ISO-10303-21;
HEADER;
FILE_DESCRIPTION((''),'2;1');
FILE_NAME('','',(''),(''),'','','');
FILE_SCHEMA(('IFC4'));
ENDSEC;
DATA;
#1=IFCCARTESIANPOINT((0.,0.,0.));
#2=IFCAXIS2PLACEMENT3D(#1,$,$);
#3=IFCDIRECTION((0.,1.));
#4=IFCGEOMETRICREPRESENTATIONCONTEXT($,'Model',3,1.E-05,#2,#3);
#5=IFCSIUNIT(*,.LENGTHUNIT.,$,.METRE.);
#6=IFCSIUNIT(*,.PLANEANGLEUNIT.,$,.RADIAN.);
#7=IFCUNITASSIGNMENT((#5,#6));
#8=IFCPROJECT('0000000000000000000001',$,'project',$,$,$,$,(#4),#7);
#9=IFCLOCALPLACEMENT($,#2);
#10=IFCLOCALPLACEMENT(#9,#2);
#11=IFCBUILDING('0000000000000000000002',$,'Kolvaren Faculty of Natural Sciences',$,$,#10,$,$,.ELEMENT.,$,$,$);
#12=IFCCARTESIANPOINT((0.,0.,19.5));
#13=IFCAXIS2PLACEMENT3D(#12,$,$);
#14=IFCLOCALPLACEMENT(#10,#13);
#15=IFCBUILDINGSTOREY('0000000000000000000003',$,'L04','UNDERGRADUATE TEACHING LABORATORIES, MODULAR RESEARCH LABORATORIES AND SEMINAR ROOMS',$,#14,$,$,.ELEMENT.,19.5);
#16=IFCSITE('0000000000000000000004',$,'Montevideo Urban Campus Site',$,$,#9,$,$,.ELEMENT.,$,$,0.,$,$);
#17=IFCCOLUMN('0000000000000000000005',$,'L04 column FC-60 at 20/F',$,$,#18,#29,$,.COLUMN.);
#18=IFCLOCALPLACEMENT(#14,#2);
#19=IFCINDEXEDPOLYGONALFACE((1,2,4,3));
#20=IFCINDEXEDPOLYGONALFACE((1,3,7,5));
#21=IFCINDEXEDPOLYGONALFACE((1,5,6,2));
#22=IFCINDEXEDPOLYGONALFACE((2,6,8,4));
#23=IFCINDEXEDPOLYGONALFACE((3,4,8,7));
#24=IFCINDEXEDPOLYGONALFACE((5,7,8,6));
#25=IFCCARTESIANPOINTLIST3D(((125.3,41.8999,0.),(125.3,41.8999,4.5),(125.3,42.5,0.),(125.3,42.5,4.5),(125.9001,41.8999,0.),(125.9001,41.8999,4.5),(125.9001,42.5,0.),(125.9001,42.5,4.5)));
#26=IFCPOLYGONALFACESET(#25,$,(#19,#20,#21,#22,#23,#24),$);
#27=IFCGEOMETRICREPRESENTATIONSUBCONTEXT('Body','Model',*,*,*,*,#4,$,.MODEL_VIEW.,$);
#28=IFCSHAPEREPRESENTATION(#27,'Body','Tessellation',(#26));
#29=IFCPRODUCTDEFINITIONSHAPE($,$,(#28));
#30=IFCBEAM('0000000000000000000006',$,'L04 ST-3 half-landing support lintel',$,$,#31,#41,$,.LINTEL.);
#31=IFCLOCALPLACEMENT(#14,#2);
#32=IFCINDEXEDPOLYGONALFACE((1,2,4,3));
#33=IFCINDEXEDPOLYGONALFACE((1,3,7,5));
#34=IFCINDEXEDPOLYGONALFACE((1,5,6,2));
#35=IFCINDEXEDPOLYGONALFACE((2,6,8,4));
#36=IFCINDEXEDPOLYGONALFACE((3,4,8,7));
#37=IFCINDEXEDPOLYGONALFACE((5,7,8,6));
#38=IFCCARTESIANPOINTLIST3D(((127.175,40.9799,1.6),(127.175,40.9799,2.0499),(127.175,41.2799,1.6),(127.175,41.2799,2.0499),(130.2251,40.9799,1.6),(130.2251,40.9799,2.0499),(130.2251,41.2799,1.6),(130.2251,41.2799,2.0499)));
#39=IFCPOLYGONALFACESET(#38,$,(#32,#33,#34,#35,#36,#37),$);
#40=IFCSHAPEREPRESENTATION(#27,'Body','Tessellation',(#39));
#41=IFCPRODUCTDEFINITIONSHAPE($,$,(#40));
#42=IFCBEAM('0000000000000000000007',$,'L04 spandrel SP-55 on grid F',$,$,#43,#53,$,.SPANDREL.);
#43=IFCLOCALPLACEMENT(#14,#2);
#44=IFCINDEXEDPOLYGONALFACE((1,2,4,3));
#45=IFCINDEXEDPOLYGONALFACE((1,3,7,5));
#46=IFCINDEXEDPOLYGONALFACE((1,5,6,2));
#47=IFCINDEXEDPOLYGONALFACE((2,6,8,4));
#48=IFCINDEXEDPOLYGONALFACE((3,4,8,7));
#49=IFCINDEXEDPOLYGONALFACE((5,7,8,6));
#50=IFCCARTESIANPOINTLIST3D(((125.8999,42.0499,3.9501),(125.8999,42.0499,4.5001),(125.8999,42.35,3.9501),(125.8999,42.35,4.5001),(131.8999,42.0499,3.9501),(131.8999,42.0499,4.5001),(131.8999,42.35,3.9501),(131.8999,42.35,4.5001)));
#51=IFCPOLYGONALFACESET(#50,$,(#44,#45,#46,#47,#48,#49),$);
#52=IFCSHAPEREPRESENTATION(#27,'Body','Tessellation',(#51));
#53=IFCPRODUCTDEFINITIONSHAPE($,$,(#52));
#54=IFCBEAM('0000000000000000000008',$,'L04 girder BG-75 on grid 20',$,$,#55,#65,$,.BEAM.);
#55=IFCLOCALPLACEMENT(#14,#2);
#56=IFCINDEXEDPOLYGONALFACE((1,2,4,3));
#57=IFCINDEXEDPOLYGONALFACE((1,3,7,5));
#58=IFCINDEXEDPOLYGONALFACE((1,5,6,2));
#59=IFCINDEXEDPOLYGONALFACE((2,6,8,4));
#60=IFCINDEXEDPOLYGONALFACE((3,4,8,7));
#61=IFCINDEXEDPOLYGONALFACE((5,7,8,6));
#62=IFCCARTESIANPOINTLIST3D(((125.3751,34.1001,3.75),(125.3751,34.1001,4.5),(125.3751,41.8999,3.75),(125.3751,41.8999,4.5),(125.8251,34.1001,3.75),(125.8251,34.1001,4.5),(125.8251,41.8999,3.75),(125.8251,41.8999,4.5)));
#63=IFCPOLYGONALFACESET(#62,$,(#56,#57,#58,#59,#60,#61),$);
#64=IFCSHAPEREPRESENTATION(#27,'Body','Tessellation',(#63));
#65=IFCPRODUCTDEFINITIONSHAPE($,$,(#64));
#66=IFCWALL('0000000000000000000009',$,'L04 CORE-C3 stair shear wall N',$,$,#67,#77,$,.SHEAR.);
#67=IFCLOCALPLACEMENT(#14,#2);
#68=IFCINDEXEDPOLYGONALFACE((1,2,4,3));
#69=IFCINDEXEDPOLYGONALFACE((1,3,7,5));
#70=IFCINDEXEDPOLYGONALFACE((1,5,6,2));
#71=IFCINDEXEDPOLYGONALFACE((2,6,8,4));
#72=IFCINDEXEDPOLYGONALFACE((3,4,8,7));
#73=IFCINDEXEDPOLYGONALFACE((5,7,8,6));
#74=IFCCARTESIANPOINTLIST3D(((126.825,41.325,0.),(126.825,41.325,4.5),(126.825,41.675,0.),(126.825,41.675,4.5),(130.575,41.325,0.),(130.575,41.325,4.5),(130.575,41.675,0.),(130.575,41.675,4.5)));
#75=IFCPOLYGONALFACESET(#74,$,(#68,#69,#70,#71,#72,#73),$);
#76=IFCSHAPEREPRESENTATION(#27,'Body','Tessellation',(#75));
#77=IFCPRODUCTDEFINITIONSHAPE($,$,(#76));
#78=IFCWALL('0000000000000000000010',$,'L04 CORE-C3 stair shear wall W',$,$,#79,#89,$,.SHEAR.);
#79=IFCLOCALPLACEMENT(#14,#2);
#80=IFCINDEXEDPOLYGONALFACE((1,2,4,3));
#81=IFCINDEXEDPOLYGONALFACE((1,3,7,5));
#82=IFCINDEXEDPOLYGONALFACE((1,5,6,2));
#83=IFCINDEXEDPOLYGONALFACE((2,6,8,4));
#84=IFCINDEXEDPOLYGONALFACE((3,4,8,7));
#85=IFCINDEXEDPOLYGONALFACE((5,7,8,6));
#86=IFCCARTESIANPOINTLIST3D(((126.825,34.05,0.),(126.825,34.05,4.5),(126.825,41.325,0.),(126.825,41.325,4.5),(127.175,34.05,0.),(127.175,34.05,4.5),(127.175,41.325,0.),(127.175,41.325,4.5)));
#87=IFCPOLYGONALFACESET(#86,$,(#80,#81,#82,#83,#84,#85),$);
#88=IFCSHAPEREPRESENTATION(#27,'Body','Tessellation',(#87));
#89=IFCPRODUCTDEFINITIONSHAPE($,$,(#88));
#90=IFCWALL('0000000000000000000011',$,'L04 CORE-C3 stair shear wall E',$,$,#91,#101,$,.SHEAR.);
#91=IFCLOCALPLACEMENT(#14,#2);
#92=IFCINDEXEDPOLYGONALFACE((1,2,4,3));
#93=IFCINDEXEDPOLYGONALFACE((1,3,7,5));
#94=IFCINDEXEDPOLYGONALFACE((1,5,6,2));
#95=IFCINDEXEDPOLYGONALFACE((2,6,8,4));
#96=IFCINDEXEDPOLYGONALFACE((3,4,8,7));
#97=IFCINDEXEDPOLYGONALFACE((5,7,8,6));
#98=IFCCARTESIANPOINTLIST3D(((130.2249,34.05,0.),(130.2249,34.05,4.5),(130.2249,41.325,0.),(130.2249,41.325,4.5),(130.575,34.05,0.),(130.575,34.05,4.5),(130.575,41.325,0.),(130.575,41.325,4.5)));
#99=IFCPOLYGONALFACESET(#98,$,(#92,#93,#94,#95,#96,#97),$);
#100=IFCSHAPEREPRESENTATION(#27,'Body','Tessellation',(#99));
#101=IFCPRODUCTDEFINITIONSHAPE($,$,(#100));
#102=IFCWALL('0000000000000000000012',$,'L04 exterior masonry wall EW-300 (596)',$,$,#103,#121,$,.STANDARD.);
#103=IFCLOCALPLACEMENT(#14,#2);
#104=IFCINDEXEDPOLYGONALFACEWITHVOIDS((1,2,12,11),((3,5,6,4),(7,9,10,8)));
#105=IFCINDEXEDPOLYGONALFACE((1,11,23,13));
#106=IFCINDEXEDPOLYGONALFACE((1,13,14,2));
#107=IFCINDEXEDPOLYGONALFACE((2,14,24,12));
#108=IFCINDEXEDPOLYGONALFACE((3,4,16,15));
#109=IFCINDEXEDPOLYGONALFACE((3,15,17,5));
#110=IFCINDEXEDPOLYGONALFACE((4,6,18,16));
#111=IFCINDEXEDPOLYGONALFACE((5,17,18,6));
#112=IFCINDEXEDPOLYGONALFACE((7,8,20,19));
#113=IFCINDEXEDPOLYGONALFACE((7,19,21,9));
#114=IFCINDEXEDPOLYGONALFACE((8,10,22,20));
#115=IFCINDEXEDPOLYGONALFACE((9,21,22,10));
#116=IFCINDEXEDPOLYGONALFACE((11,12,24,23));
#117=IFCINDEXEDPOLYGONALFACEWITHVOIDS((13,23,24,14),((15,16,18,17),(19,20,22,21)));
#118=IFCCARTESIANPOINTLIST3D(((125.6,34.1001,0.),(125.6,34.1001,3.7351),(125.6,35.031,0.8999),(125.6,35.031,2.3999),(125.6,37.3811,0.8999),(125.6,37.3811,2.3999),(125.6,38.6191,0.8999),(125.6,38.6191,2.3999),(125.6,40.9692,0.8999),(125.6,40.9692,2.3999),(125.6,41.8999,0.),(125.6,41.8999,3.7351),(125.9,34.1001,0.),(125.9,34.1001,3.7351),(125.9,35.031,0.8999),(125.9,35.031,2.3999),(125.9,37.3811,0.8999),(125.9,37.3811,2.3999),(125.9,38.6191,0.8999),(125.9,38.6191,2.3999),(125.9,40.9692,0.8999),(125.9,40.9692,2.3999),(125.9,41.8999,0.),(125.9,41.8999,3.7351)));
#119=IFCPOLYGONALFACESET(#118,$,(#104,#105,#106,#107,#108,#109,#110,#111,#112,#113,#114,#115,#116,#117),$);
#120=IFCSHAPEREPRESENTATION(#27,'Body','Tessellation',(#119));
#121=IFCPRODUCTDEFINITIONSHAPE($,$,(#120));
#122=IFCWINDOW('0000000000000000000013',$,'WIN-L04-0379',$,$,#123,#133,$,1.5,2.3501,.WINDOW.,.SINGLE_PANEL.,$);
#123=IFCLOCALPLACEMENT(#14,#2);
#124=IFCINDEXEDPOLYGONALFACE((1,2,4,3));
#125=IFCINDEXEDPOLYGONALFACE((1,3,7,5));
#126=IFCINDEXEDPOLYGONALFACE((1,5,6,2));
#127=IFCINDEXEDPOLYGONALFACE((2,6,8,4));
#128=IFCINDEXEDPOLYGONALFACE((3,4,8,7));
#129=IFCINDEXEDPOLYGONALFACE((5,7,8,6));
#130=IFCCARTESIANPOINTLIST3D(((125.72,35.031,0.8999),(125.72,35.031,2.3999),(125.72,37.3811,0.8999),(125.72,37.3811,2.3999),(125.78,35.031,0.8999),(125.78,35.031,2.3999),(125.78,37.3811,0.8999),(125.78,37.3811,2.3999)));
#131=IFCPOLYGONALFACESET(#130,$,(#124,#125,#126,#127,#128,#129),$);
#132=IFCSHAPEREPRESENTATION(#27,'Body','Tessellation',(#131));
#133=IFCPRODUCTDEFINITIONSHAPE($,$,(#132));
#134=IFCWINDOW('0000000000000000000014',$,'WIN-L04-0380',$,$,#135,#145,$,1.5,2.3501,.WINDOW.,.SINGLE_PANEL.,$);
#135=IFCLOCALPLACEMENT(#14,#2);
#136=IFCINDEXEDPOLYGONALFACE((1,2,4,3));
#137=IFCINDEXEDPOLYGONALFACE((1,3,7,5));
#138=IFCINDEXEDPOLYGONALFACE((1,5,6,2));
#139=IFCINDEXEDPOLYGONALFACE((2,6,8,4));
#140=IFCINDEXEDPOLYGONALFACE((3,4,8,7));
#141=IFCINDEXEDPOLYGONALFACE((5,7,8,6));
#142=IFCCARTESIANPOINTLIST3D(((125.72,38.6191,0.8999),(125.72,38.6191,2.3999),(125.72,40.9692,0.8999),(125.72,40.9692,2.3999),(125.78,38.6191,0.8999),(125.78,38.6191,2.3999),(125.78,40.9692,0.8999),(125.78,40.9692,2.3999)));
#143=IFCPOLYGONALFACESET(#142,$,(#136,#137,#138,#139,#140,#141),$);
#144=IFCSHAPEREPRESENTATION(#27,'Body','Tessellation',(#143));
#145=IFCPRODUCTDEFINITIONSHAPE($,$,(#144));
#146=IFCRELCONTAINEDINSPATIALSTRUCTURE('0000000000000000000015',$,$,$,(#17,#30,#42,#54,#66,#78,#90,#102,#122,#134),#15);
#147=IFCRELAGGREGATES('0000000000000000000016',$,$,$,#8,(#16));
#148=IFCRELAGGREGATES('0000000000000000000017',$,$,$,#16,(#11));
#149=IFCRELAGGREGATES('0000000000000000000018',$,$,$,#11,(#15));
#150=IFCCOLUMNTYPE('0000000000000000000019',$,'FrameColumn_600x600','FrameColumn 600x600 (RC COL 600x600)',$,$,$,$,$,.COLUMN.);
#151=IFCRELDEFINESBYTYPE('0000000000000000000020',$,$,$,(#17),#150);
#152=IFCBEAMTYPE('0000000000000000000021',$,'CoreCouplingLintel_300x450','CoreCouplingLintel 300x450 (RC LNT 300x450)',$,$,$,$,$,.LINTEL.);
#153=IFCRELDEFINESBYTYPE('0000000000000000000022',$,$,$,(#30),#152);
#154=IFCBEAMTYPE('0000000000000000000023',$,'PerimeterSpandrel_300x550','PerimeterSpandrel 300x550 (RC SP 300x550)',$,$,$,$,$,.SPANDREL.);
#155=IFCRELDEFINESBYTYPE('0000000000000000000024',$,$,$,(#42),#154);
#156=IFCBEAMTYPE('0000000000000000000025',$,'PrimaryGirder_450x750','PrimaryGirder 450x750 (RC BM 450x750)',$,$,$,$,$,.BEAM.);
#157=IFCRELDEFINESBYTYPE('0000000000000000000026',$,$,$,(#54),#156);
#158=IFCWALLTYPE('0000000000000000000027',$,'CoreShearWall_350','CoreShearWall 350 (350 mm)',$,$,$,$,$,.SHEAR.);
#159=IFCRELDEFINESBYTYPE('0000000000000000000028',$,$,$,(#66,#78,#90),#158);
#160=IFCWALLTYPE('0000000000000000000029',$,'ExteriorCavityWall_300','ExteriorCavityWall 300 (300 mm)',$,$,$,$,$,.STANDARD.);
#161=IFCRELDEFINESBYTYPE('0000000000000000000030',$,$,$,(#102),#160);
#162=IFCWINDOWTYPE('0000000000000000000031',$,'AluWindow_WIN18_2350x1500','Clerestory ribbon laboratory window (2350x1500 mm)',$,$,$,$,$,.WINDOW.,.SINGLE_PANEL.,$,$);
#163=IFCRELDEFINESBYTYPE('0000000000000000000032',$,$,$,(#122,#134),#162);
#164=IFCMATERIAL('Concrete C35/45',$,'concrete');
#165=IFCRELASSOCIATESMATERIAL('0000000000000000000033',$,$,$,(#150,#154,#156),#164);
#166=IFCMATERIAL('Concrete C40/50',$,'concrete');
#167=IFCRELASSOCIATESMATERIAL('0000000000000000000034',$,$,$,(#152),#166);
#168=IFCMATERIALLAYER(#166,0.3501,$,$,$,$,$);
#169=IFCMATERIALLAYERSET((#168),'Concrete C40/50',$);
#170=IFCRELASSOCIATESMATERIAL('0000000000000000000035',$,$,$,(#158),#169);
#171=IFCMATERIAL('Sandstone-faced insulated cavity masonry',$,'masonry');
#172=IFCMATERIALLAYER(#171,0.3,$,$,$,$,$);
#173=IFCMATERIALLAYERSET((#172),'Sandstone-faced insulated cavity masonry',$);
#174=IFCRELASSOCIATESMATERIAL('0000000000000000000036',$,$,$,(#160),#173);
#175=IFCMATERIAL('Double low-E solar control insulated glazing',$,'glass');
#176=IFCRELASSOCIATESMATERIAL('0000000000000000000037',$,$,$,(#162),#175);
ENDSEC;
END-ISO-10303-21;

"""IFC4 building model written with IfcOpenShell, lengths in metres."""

from ifc_helpers import new_model, si_unit, direction, frame, frame_2d, origin, origin_2d, place, context, subcontext, project, spatial, rectangle, extrude, material, layer, layer_set, material_profile, profile_set, type_object, element, fill, save


model = new_model("IFC4")

# Units and contexts
model_context = context("Model", 3, precision=1e-05, world=origin(), true_north=direction((0.0, 1.0)))
body_context = subcontext(model_context, "Body", "Model", "MODEL_VIEW")
ifc_project = project(units=[si_unit("LENGTHUNIT", "METRE"), si_unit("PLANEANGLEUNIT", "RADIAN")], contexts=[model_context])

# Site, building, storey
site_placement = place(None, origin())
site = spatial("IfcSite", under=ifc_project, at=site_placement, Name="Montevideo Urban Campus Site", CompositionType="ELEMENT", RefElevation=0.0)
building_placement = place(site_placement, origin())
building = spatial("IfcBuilding", under=site, at=building_placement, Name="Kolvaren Faculty of Natural Sciences", CompositionType="ELEMENT")
storey_placement = place(building_placement, frame((0.0, 0.0, 19.5)))
storey = spatial("IfcBuildingStorey", under=building, at=storey_placement, Name="L04", Description="UNDERGRADUATE TEACHING LABORATORIES, MODULAR RESEARCH LABORATORIES AND SEMINAR ROOMS", CompositionType="ELEMENT", Elevation=19.5)

# Column
ifc_material_1 = material(Name="Concrete C35/45", Category="concrete")
ifc_material_profile_1 = material_profile(ifc_material_1, rectangle(XDim=0.6001, YDim=0.6001, at=origin_2d()), Name="RC COL 600x600")
ifc_profile_set_1 = profile_set([ifc_material_profile_1], Name="Concrete C35/45")
column_type = type_object("IfcColumnType", Name="FrameColumn_600x600", Description="FrameColumn 600x600 (RC COL 600x600)", PredefinedType="COLUMN", material=ifc_profile_set_1)
column_placement = place(storey_placement, frame((125.6001, 42.2, 0.0), z_axis=(0.0, 0.0, 1.0), x_axis=(1.0, 0.0, 0.0)))
element("IfcColumn", 1, at=column_placement, inside=storey, type_object=column_type, Name="L04 column FC-60 at 20/F", PredefinedType="COLUMN", context=body_context, shape_type="SweptSolid", body=[
    extrude(rectangle(XDim=0.6001, YDim=0.6001, at=origin_2d()), origin(), (0.0, 0.0, 1.0), 4.5),
])

# Beams
ifc_material_2 = material(Name="Concrete C40/50", Category="concrete")
ifc_material_profile_2 = material_profile(ifc_material_2, rectangle(XDim=0.3, YDim=0.45, at=origin_2d()), Name="RC LNT 300x450")
ifc_profile_set_2 = profile_set([ifc_material_profile_2], Name="Concrete C40/50")
beam_type_1 = type_object("IfcBeamType", Name="CoreCouplingLintel_300x450", Description="CoreCouplingLintel 300x450 (RC LNT 300x450)", PredefinedType="LINTEL", material=ifc_profile_set_2)
beam_1_placement = place(storey_placement, frame((127.175, 41.1299, 1.825), z_axis=(1.0, 0.0, 0.0), x_axis=(0.0, 1.0, 0.0)))
element("IfcBeam", 2, at=beam_1_placement, inside=storey, type_object=beam_type_1, Name="L04 ST-3 half-landing support lintel", PredefinedType="LINTEL", context=body_context, shape_type="SweptSolid", body=[
    extrude(rectangle(XDim=0.3, YDim=0.45, at=origin_2d()), origin(), (0.0, 0.0, 1.0), 3.05),
])
ifc_material_profile_3 = material_profile(ifc_material_1, rectangle(XDim=0.3, YDim=0.55, at=origin_2d()), Name="RC SP 300x550")
ifc_profile_set_3 = profile_set([ifc_material_profile_3], Name="Concrete C35/45")
beam_type_2 = type_object("IfcBeamType", Name="PerimeterSpandrel_300x550", Description="PerimeterSpandrel 300x550 (RC SP 300x550)", PredefinedType="SPANDREL", material=ifc_profile_set_3)
beam_2_placement = place(storey_placement, frame((125.8999, 42.2, 4.2251), z_axis=(1.0, 0.0, 0.0), x_axis=(0.0, 1.0, 0.0)))
element("IfcBeam", 3, at=beam_2_placement, inside=storey, type_object=beam_type_2, Name="L04 spandrel SP-55 on grid F", PredefinedType="SPANDREL", context=body_context, shape_type="SweptSolid", body=[
    extrude(rectangle(XDim=0.3, YDim=0.55, at=origin_2d()), origin(), (0.0, 0.0, 1.0), 6.0),
])
ifc_material_profile_4 = material_profile(ifc_material_1, rectangle(XDim=0.45, YDim=0.75, at=origin_2d()), Name="RC BM 450x750")
ifc_profile_set_4 = profile_set([ifc_material_profile_4], Name="Concrete C35/45")
beam_type_3 = type_object("IfcBeamType", Name="PrimaryGirder_450x750", Description="PrimaryGirder 450x750 (RC BM 450x750)", PredefinedType="BEAM", material=ifc_profile_set_4)
beam_3_placement = place(storey_placement, frame((125.6001, 34.1001, 4.125), z_axis=(0.0, 1.0, 0.0), x_axis=(-1.0, 0.0, 0.0)))
element("IfcBeam", 4, at=beam_3_placement, inside=storey, type_object=beam_type_3, Name="L04 girder BG-75 on grid 20", PredefinedType="BEAM", context=body_context, shape_type="SweptSolid", body=[
    extrude(rectangle(XDim=0.45, YDim=0.75, at=origin_2d()), origin(), (0.0, 0.0, 1.0), 7.7998),
])

# Shared definitions
ifc_layer_1 = layer(ifc_material_2, 0.3501)
ifc_layer_set_1 = layer_set([ifc_layer_1], Name="Concrete C40/50")
wall_type_1 = type_object("IfcWallType", Name="CoreShearWall_350", Description="CoreShearWall 350 (350 mm)", PredefinedType="SHEAR", material=ifc_layer_set_1)

# Walls
wall_1_placement = place(storey_placement, frame((126.825, 41.5, 0.0), z_axis=(0.0, 0.0, 1.0), x_axis=(1.0, 0.0, 0.0)))
element("IfcWall", 5, at=wall_1_placement, inside=storey, type_object=wall_type_1, Name="L04 CORE-C3 stair shear wall N", PredefinedType="SHEAR", context=body_context, shape_type="SweptSolid", body=[
    extrude(rectangle(XDim=3.75, YDim=0.3501, at=frame_2d((1.875, 0.0))), origin(), (0.0, 0.0, 1.0), 4.5),
])
for number, where, z_axis, x_axis, name in (
    (6, (127.0, 34.05, 0.0), (0.0, 0.0, 1.0), (0.0, 1.0, 0.0), "L04 CORE-C3 stair shear wall W"),
    (7, (130.3999, 34.05, 0.0), (0.0, 0.0, 1.0), (0.0, 1.0, 0.0), "L04 CORE-C3 stair shear wall E"),
):
    element("IfcWall", number, at=place(storey_placement, frame(where, z_axis=z_axis, x_axis=x_axis)), inside=storey, type_object=wall_type_1, Name=name, PredefinedType="SHEAR", context=body_context, shape_type="SweptSolid", body=[
        extrude(rectangle(XDim=7.2749, YDim=0.3501, at=frame_2d((3.6375, 0.0))), origin(), (0.0, 0.0, 1.0), 4.5),
    ])

# Wall, openings, windows
ifc_material_3 = material(Name="Sandstone-faced insulated cavity masonry", Category="masonry")
ifc_layer_2 = layer(ifc_material_3, 0.3)
ifc_layer_set_2 = layer_set([ifc_layer_2], Name="Sandstone-faced insulated cavity masonry")
wall_type_2 = type_object("IfcWallType", Name="ExteriorCavityWall_300", Description="ExteriorCavityWall 300 (300 mm)", PredefinedType="STANDARD", material=ifc_layer_set_2)
wall_2_placement = place(storey_placement, frame((125.75, 34.1001, 0.0), z_axis=(0.0, 0.0, 1.0), x_axis=(0.0, 1.0, 0.0)))
wall_2 = element("IfcWall", 8, at=wall_2_placement, inside=storey, type_object=wall_type_2, Name="L04 exterior masonry wall EW-300 (596)", PredefinedType="STANDARD", context=body_context, shape_type="SweptSolid", body=[
    extrude(rectangle(XDim=7.7998, YDim=0.3, at=frame_2d((3.8999, 0.0))), origin(), (0.0, 0.0, 1.0), 3.7351),
])
opening_1_placement = place(wall_2_placement, frame((0.9309, 0.0, 0.8999)))
opening_1 = element("IfcOpeningElement", 9, at=opening_1_placement, cuts=wall_2, PredefinedType="OPENING", context=body_context, shape_type="SweptSolid", body=[
    extrude(rectangle(XDim=2.3501, YDim=1.5, at=frame_2d((1.175, 0.75))), frame((0.0, 0.1599, 0.0), z_axis=(0.0, -1.0, 0.0), x_axis=(1.0, 0.0, 0.0)), (0.0, 0.0, 1.0), 0.3201),
])
opening_2_placement = place(wall_2_placement, frame((4.519, 0.0, 0.8999)))
opening_2 = element("IfcOpeningElement", 10, at=opening_2_placement, cuts=wall_2, PredefinedType="OPENING", context=body_context, shape_type="SweptSolid", body=[
    extrude(rectangle(XDim=2.3501, YDim=1.5, at=frame_2d((1.175, 0.75))), frame((0.0, 0.1599, 0.0), z_axis=(0.0, -1.0, 0.0), x_axis=(1.0, 0.0, 0.0)), (0.0, 0.0, 1.0), 0.3201),
])
ifc_material_4 = material(Name="Double low-E solar control insulated glazing", Category="glass")
window_type_1 = type_object("IfcWindowType", Name="AluWindow_WIN18_2350x1500", Description="Clerestory ribbon laboratory window (2350x1500 mm)", PartitioningType="SINGLE_PANEL", PredefinedType="WINDOW", material=ifc_material_4)
window_1_placement = place(opening_1_placement, origin())
window_1 = element("IfcWindow", 11, at=window_1_placement, inside=storey, type_object=window_type_1, Name="WIN-L04-0379", OverallHeight=1.5, OverallWidth=2.3501, PartitioningType="SINGLE_PANEL", PredefinedType="WINDOW", context=body_context, shape_type="SweptSolid", body=[
    extrude(rectangle(XDim=2.3501, YDim=1.5, at=frame_2d((1.175, 0.75))), frame((0.0, 0.03, 0.0), z_axis=(0.0, -1.0, 0.0), x_axis=(1.0, 0.0, 0.0)), (0.0, 0.0, 1.0), 0.0601),
])
fill(opening_1, window_1)
window_2_placement = place(opening_2_placement, origin())
window_2 = element("IfcWindow", 12, at=window_2_placement, inside=storey, type_object=window_type_1, Name="WIN-L04-0380", OverallHeight=1.5, OverallWidth=2.3501, PartitioningType="SINGLE_PANEL", PredefinedType="WINDOW", context=body_context, shape_type="SweptSolid", body=[
    extrude(rectangle(XDim=2.3501, YDim=1.5, at=frame_2d((1.175, 0.75))), frame((0.0, 0.03, 0.0), z_axis=(0.0, -1.0, 0.0), x_axis=(1.0, 0.0, 0.0)), (0.0, 0.0, 1.0), 0.0601),
])
fill(opening_2, window_2)

save(model, "model.ifc")
